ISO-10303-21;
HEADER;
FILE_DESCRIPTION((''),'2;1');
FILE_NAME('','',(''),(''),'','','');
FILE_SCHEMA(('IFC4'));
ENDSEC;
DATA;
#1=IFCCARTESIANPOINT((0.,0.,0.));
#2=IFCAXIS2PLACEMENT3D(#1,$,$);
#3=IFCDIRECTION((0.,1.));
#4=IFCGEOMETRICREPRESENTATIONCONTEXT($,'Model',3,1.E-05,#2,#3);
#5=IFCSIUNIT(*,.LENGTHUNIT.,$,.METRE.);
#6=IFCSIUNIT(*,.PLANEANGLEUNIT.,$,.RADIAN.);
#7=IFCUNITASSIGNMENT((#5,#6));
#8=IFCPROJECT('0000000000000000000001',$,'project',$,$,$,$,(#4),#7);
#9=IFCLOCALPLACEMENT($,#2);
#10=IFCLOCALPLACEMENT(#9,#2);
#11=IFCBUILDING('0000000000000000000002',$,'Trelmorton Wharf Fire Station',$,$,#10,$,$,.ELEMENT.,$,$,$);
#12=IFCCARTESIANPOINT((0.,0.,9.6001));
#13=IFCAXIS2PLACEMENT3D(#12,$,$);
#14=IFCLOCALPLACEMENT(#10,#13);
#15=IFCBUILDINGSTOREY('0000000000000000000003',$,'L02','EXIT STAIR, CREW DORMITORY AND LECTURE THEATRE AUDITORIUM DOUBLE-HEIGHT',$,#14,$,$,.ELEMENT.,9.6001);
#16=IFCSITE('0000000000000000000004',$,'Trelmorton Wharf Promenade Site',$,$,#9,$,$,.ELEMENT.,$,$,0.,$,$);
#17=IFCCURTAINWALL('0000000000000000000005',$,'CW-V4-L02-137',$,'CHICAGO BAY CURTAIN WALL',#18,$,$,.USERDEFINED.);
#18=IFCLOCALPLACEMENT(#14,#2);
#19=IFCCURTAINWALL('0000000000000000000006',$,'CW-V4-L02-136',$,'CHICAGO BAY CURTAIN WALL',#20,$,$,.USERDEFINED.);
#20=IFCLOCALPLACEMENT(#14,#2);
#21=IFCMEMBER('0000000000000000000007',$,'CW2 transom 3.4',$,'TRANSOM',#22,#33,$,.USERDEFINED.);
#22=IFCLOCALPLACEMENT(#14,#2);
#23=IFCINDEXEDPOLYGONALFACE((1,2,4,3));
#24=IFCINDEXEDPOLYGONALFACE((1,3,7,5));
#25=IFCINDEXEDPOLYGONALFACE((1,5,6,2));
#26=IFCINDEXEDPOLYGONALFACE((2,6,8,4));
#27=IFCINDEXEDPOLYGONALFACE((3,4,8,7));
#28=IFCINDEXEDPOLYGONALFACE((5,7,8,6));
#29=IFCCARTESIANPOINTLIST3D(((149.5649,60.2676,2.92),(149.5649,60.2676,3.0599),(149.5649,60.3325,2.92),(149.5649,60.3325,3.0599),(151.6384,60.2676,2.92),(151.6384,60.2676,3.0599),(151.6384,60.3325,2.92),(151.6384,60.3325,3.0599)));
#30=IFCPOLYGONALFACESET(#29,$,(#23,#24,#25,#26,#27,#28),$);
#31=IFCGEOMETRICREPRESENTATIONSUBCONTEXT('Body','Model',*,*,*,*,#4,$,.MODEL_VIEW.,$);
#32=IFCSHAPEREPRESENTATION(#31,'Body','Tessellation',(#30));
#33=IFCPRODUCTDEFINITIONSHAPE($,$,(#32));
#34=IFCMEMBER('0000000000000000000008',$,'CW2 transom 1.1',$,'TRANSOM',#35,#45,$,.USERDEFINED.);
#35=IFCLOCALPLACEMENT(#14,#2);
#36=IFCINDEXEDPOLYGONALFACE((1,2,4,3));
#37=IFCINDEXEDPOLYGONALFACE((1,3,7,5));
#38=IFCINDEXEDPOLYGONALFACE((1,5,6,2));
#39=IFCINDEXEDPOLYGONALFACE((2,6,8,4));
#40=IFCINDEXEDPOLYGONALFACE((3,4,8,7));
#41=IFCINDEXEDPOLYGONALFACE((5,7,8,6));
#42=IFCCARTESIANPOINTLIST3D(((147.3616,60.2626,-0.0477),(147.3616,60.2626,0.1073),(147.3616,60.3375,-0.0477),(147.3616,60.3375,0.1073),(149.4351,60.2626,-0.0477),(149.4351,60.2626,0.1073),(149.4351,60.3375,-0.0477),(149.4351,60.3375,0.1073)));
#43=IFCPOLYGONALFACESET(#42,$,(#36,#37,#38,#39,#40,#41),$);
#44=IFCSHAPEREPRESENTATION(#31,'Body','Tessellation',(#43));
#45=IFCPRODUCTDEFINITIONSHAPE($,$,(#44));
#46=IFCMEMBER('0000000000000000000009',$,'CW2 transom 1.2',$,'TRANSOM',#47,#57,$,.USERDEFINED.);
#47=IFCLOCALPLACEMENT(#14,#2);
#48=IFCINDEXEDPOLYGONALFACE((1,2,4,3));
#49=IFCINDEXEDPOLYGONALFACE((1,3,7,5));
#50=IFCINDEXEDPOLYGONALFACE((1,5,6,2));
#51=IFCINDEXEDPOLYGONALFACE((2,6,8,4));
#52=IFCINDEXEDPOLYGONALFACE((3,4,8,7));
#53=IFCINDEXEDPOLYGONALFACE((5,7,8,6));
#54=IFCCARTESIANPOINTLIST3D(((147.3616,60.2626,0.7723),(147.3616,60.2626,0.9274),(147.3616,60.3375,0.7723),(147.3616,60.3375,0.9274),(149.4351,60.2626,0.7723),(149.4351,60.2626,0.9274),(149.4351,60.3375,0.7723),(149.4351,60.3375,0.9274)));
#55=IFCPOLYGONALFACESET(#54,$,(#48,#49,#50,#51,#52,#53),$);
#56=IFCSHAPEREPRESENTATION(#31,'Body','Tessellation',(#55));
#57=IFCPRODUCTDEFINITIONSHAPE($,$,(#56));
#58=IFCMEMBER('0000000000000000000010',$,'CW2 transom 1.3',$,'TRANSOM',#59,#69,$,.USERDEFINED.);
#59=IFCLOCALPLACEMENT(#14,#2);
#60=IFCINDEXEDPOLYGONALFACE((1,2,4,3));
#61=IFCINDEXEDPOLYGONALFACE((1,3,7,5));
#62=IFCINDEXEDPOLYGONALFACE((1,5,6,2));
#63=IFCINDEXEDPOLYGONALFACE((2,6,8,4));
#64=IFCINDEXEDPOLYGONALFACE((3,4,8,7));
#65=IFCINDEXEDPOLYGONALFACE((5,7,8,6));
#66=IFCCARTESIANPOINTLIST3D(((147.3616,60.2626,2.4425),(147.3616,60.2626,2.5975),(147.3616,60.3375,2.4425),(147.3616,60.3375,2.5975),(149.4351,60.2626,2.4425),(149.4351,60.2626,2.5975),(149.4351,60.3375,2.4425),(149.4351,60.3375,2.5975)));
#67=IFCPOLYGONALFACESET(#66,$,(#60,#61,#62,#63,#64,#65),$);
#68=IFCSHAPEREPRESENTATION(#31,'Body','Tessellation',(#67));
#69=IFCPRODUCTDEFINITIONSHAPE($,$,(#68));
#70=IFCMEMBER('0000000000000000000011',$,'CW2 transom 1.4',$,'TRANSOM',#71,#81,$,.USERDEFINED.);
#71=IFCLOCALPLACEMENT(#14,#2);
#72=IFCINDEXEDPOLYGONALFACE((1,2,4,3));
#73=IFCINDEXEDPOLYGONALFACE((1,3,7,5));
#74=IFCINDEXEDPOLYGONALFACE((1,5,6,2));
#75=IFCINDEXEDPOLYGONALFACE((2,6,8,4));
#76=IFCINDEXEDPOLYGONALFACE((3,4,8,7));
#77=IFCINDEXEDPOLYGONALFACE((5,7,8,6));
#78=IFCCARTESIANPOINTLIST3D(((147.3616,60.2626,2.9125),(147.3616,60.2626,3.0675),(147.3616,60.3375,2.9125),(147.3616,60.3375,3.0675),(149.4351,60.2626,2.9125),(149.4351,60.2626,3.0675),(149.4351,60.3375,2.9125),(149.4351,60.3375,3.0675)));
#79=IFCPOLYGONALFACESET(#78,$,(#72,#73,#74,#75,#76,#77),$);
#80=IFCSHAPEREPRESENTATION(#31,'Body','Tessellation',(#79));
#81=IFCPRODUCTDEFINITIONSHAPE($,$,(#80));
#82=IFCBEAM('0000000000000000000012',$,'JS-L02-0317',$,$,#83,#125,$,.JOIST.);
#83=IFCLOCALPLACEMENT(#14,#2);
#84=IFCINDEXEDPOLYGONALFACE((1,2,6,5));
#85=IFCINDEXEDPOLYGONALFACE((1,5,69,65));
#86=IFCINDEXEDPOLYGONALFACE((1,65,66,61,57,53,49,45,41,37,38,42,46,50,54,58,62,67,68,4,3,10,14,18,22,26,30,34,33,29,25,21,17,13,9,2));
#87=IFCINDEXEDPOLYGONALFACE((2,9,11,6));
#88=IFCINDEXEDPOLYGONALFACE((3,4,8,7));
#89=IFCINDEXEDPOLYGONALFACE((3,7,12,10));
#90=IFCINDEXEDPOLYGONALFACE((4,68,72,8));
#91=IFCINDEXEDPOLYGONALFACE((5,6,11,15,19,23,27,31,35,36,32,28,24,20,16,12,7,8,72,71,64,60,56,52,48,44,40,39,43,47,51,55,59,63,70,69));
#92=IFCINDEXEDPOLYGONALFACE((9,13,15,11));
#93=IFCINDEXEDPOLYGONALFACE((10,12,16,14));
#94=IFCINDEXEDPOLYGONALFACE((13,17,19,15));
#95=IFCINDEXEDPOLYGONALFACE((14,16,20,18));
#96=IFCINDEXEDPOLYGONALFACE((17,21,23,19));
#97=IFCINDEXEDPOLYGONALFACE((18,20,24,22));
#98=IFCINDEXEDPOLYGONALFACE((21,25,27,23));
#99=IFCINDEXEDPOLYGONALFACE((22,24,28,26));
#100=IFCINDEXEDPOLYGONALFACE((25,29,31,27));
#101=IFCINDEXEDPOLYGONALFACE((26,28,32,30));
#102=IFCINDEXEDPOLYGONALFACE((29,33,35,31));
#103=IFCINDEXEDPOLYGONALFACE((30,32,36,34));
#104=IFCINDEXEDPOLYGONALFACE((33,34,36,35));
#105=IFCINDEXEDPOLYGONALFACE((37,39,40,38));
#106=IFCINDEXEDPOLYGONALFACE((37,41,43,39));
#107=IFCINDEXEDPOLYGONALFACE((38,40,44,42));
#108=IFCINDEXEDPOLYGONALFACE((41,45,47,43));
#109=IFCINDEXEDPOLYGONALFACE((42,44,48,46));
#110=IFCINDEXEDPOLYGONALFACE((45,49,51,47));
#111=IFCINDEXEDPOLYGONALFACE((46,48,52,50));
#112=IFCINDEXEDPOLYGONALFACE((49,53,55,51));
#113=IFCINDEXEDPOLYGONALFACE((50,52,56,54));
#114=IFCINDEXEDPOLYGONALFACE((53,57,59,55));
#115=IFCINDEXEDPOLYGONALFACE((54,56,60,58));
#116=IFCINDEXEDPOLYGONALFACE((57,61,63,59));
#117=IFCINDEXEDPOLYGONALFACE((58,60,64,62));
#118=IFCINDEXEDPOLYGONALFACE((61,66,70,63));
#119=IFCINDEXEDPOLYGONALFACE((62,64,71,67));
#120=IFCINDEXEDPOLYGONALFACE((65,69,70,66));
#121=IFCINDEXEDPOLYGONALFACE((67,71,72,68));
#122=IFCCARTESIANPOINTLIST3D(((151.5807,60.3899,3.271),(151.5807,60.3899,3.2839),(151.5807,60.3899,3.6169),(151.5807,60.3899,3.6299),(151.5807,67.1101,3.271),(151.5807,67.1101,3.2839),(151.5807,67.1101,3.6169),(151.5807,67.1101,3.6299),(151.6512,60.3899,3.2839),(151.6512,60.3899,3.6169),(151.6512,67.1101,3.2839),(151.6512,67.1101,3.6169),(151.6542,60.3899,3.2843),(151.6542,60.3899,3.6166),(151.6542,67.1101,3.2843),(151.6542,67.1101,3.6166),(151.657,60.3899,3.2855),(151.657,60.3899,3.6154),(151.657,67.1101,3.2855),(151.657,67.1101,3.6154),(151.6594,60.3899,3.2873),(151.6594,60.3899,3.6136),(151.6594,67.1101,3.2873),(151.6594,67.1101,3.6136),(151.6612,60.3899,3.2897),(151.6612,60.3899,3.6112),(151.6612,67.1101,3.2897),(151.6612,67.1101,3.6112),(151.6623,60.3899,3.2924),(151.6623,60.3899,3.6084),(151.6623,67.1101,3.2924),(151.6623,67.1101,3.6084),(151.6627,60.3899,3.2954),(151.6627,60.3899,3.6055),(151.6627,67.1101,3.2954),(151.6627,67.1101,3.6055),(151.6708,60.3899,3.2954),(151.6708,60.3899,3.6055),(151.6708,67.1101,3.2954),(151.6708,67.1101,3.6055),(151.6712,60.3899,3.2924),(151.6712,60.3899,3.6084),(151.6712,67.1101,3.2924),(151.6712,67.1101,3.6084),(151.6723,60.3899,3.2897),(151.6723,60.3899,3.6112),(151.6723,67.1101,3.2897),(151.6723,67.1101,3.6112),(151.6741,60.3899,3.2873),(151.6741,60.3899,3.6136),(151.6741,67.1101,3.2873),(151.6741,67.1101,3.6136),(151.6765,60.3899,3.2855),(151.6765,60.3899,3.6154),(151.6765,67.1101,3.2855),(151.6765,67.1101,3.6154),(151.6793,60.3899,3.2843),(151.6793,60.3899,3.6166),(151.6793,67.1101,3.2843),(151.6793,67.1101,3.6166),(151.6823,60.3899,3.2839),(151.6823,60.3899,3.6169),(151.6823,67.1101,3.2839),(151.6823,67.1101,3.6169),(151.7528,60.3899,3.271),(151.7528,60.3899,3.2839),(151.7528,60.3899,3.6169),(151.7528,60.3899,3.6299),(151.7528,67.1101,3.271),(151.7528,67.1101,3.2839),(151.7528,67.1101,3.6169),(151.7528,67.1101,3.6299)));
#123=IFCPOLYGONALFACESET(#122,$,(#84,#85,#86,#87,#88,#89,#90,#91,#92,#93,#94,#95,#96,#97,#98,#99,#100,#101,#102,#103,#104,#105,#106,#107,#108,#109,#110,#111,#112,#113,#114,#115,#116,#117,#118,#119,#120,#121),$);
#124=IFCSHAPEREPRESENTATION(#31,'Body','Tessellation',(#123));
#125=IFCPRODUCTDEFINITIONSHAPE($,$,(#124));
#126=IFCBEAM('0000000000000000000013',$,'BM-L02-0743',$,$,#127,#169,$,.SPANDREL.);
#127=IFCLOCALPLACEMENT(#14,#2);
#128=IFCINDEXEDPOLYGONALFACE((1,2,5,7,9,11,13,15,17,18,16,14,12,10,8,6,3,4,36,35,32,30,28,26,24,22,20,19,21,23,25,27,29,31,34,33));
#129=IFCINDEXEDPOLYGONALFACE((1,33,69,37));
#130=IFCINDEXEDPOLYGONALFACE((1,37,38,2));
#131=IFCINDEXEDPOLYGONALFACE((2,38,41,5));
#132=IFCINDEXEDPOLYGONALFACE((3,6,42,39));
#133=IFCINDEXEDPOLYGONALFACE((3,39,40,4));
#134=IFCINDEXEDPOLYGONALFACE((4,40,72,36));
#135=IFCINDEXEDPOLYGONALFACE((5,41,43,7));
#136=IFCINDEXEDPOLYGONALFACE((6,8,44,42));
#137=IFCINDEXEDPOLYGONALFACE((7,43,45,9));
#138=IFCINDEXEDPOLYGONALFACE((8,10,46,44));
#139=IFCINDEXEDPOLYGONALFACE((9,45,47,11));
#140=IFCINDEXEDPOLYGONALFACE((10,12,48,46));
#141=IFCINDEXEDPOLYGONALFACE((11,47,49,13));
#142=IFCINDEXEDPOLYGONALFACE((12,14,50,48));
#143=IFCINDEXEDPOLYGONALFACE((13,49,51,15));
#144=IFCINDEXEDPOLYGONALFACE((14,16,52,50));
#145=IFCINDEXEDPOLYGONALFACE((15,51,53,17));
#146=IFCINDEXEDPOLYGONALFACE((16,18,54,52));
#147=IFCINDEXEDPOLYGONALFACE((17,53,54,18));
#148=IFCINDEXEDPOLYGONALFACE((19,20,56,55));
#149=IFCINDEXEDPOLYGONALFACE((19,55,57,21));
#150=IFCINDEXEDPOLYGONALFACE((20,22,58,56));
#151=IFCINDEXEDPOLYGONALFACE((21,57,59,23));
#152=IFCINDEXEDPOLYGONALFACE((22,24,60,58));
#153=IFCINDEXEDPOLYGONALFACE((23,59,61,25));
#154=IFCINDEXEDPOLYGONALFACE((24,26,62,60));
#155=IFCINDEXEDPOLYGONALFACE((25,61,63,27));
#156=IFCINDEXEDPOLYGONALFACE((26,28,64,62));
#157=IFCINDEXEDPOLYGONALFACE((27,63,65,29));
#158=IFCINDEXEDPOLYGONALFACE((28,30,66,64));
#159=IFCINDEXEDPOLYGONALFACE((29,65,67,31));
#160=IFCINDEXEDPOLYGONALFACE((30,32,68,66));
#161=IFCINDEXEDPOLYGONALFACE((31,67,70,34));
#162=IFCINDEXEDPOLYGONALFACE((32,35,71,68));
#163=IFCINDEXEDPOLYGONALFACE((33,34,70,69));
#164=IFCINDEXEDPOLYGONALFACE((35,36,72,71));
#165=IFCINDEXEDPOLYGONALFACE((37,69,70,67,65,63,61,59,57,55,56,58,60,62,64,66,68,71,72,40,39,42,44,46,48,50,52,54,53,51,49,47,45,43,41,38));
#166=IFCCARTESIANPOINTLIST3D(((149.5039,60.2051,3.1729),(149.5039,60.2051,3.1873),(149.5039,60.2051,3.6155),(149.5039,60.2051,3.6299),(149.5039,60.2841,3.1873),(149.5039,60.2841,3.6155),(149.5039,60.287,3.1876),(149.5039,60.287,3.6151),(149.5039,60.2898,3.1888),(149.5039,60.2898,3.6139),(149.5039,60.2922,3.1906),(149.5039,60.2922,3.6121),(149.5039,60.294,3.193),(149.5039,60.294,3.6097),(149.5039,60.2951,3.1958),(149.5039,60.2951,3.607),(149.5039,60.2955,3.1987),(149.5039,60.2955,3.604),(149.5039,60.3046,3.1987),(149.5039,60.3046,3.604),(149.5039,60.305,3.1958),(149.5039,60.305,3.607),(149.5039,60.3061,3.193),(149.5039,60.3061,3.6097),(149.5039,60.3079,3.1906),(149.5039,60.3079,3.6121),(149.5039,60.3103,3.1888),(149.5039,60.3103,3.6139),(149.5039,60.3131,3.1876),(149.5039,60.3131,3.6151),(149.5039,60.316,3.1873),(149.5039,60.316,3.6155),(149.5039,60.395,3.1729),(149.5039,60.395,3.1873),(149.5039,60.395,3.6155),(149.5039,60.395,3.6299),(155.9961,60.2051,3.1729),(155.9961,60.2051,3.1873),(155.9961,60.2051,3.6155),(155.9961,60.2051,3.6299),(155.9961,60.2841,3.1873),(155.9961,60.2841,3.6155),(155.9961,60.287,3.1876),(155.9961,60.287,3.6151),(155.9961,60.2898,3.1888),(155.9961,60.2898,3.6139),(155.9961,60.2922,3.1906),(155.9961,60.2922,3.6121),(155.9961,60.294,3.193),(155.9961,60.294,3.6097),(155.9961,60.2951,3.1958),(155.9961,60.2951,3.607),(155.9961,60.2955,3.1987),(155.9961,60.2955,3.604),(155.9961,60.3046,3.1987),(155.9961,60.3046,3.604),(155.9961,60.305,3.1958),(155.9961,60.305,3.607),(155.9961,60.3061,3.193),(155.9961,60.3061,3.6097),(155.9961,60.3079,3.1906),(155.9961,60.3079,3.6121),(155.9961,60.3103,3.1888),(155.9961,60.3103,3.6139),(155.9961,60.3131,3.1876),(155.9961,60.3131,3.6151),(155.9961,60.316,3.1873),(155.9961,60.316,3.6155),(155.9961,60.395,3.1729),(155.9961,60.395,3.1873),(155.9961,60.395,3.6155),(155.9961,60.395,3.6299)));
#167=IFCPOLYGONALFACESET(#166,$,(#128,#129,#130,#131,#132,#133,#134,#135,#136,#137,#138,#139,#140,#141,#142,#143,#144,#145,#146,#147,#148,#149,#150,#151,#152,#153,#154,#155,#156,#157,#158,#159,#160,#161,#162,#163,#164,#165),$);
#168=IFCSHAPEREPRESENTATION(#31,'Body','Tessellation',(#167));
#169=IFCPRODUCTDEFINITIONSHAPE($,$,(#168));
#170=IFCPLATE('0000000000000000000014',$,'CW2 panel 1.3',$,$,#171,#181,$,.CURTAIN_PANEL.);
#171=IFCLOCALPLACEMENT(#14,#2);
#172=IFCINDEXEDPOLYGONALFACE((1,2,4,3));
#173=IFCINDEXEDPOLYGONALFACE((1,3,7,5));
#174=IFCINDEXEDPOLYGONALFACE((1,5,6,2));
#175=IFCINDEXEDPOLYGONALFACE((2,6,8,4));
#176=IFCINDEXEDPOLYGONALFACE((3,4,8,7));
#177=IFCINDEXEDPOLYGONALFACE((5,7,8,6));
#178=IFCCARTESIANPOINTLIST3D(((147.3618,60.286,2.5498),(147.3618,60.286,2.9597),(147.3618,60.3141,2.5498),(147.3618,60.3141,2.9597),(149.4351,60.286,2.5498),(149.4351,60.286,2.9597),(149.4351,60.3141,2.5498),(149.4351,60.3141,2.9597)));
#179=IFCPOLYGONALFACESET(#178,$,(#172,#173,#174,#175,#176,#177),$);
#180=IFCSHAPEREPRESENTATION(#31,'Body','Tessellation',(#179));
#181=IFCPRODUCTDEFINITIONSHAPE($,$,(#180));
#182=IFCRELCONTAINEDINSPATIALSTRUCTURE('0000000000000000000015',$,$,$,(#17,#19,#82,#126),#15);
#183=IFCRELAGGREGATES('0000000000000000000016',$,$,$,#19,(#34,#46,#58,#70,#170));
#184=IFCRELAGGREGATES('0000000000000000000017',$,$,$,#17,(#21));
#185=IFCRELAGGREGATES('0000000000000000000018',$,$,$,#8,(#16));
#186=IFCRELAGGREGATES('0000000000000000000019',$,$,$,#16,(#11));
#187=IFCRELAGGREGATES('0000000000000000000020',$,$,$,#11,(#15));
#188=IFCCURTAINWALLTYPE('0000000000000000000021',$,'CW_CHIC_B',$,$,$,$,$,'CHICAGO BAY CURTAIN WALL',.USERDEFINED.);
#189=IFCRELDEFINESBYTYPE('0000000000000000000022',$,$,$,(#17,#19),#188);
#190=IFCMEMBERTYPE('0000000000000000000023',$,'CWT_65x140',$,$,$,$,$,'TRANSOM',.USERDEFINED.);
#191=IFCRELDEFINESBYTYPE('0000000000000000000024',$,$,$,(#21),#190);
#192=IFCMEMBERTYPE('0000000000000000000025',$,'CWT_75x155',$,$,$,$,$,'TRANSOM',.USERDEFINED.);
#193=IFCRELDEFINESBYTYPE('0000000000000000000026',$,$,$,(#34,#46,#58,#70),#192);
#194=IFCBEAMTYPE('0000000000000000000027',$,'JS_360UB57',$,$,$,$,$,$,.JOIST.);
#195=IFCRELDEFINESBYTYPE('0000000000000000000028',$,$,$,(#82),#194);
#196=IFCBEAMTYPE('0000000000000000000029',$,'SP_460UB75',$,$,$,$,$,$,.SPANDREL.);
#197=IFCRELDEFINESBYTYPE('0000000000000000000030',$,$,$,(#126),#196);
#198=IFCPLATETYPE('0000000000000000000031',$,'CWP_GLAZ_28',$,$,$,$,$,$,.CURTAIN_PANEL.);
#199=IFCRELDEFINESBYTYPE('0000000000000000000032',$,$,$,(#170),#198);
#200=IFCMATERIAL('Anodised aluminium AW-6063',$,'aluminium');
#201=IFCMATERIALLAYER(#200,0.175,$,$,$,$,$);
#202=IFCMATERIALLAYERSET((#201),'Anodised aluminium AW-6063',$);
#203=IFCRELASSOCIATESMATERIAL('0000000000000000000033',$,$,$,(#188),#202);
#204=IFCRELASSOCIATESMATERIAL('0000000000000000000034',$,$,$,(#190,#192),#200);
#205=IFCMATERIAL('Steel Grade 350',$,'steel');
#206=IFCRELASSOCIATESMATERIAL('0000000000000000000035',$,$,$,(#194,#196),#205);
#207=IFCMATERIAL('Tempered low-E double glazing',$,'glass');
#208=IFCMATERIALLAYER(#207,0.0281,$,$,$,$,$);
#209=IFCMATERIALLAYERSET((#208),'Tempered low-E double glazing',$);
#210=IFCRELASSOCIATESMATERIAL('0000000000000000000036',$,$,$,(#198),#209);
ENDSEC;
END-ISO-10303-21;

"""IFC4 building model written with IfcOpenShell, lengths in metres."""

from ifc_helpers import new_model, si_unit, direction, frame, origin, origin_2d, place, context, subcontext, project, spatial, rectangle, i_section, extrude, material, layer, layer_set, material_profile, profile_set, type_object, element, aggregate, save


model = new_model("IFC4")

# Units and contexts
model_context = context("Model", 3, precision=1e-05, world=origin(), true_north=direction((0.0, 1.0)))
body_context = subcontext(model_context, "Body", "Model", "MODEL_VIEW")
ifc_project = project(units=[si_unit("LENGTHUNIT", "METRE"), si_unit("PLANEANGLEUNIT", "RADIAN")], contexts=[model_context])

# Site, building, storey
site_placement = place(None, origin())
site = spatial("IfcSite", under=ifc_project, at=site_placement, Name="Trelmorton Wharf Promenade Site", CompositionType="ELEMENT", RefElevation=0.0)
building_placement = place(site_placement, origin())
building = spatial("IfcBuilding", under=site, at=building_placement, Name="Trelmorton Wharf Fire Station", CompositionType="ELEMENT")
storey_placement = place(building_placement, frame((0.0, 0.0, 9.6001)))
storey = spatial("IfcBuildingStorey", under=building, at=storey_placement, Name="L02", Description="EXIT STAIR, CREW DORMITORY AND LECTURE THEATRE AUDITORIUM DOUBLE-HEIGHT", CompositionType="ELEMENT", Elevation=9.6001)

# Shared definitions
ifc_material_1 = material(Name="Steel Grade 350", Category="steel")

# Curtain wall
ifc_material_2 = material(Name="Anodised aluminium AW-6063", Category="aluminium")
ifc_layer_1 = layer(ifc_material_2, 0.175)
ifc_layer_set_1 = layer_set([ifc_layer_1], Name="Anodised aluminium AW-6063")
curtain_wall_type = type_object("IfcCurtainWallType", Name="CW_CHIC_B", ElementType="CHICAGO BAY CURTAIN WALL", PredefinedType="USERDEFINED", material=ifc_layer_set_1)
curtain_wall_1_placement = place(storey_placement, origin())
curtain_wall_1 = element("IfcCurtainWall", 1, at=curtain_wall_1_placement, inside=storey, type_object=curtain_wall_type, Name="CW-V4-L02-137", ObjectType="CHICAGO BAY CURTAIN WALL", PredefinedType="USERDEFINED")

# Curtain wall
curtain_wall_2_placement = place(storey_placement, origin())
curtain_wall_2 = element("IfcCurtainWall", 2, at=curtain_wall_2_placement, inside=storey, type_object=curtain_wall_type, Name="CW-V4-L02-136", ObjectType="CHICAGO BAY CURTAIN WALL", PredefinedType="USERDEFINED")

# Members
ifc_material_profile_1 = material_profile(ifc_material_2, rectangle(XDim=0.0649, YDim=0.1399, at=origin_2d()), Name="ALU-65x140")
ifc_profile_set_1 = profile_set([ifc_material_profile_1], Name="Anodised aluminium AW-6063")
member_type_1 = type_object("IfcMemberType", Name="CWT_65x140", ElementType="TRANSOM", PredefinedType="USERDEFINED", material=ifc_profile_set_1)
member_1_placement = place(storey_placement, frame((151.6384, 60.3, 2.99), z_axis=(-1.0, 0.0, 0.0), x_axis=(0.0, -1.0, 0.0)))
member_1 = element("IfcMember", 3, at=member_1_placement, type_object=member_type_1, Name="CW2 transom 3.4", ObjectType="TRANSOM", PredefinedType="USERDEFINED", context=body_context, shape_type="SweptSolid", body=[
    extrude(rectangle(XDim=0.0649, YDim=0.1399, at=origin_2d()), origin(), (0.0, 0.0, 1.0), 2.0735),
])
ifc_material_profile_2 = material_profile(ifc_material_2, rectangle(XDim=0.075, YDim=0.155, at=origin_2d()), Name="ALU-75x155")
ifc_profile_set_2 = profile_set([ifc_material_profile_2], Name="Anodised aluminium AW-6063")
member_type_2 = type_object("IfcMemberType", Name="CWT_75x155", ElementType="TRANSOM", PredefinedType="USERDEFINED", material=ifc_profile_set_2)
member_2_placement = place(storey_placement, frame((149.4351, 60.3, 0.0298), z_axis=(-1.0, 0.0, 0.0), x_axis=(0.0, -1.0, 0.0)))
member_2 = element("IfcMember", 4, at=member_2_placement, type_object=member_type_2, Name="CW2 transom 1.1", ObjectType="TRANSOM", PredefinedType="USERDEFINED", context=body_context, shape_type="SweptSolid", body=[
    extrude(rectangle(XDim=0.075, YDim=0.155, at=origin_2d()), origin(), (0.0, 0.0, 1.0), 2.0735),
])
member_3_placement = place(storey_placement, frame((149.4351, 60.3, 0.8499), z_axis=(-1.0, 0.0, 0.0), x_axis=(0.0, -1.0, 0.0)))
member_3 = element("IfcMember", 5, at=member_3_placement, type_object=member_type_2, Name="CW2 transom 1.2", ObjectType="TRANSOM", PredefinedType="USERDEFINED", context=body_context, shape_type="SweptSolid", body=[
    extrude(rectangle(XDim=0.075, YDim=0.155, at=origin_2d()), origin(), (0.0, 0.0, 1.0), 2.0735),
])
member_4_placement = place(storey_placement, frame((149.4351, 60.3, 2.52), z_axis=(-1.0, 0.0, 0.0), x_axis=(0.0, -1.0, 0.0)))
member_4 = element("IfcMember", 6, at=member_4_placement, type_object=member_type_2, Name="CW2 transom 1.3", ObjectType="TRANSOM", PredefinedType="USERDEFINED", context=body_context, shape_type="SweptSolid", body=[
    extrude(rectangle(XDim=0.075, YDim=0.155, at=origin_2d()), origin(), (0.0, 0.0, 1.0), 2.0735),
])
member_5_placement = place(storey_placement, frame((149.4351, 60.3, 2.99), z_axis=(-1.0, 0.0, 0.0), x_axis=(0.0, -1.0, 0.0)))
member_5 = element("IfcMember", 7, at=member_5_placement, type_object=member_type_2, Name="CW2 transom 1.4", ObjectType="TRANSOM", PredefinedType="USERDEFINED", context=body_context, shape_type="SweptSolid", body=[
    extrude(rectangle(XDim=0.075, YDim=0.155, at=origin_2d()), origin(), (0.0, 0.0, 1.0), 2.0735),
])

# Beams
ifc_material_profile_3 = material_profile(ifc_material_1, i_section(OverallWidth=0.1721, OverallDepth=0.3589, WebThickness=0.0081, FlangeThickness=0.0129, FilletRadius=0.0115, at=origin_2d()), Name="360UB56.7")
ifc_profile_set_3 = profile_set([ifc_material_profile_3], Name="Steel Grade 350")
beam_type_1 = type_object("IfcBeamType", Name="JS_360UB57", PredefinedType="JOIST", material=ifc_profile_set_3)
beam_1_placement = place(storey_placement, frame((151.6667, 60.3899, 3.4504), z_axis=(0.0, 1.0, 0.0), x_axis=(-1.0, 0.0, 0.0)))
element("IfcBeam", 8, at=beam_1_placement, inside=storey, type_object=beam_type_1, Name="JS-L02-0317", PredefinedType="JOIST", context=body_context, shape_type="SweptSolid", body=[
    extrude(i_section(OverallWidth=0.1721, OverallDepth=0.3589, WebThickness=0.0081, FlangeThickness=0.0129, FilletRadius=0.0115, at=origin_2d()), origin(), (0.0, 0.0, 1.0), 6.7202),
])
ifc_material_profile_4 = material_profile(ifc_material_1, i_section(OverallWidth=0.1899, OverallDepth=0.457, WebThickness=0.009, FlangeThickness=0.0144, FilletRadius=0.0115, at=origin_2d()), Name="460UB74.6")
ifc_profile_set_4 = profile_set([ifc_material_profile_4], Name="Steel Grade 350")
beam_type_2 = type_object("IfcBeamType", Name="SP_460UB75", PredefinedType="SPANDREL", material=ifc_profile_set_4)
beam_2_placement = place(storey_placement, frame((149.5039, 60.3, 3.4014), z_axis=(1.0, 0.0, 0.0), x_axis=(0.0, 1.0, 0.0)))
element("IfcBeam", 9, at=beam_2_placement, inside=storey, type_object=beam_type_2, Name="BM-L02-0743", PredefinedType="SPANDREL", context=body_context, shape_type="SweptSolid", body=[
    extrude(i_section(OverallWidth=0.1899, OverallDepth=0.457, WebThickness=0.009, FlangeThickness=0.0144, FilletRadius=0.0115, at=origin_2d()), origin(), (0.0, 0.0, 1.0), 6.4922),
])

# Plate
ifc_material_3 = material(Name="Tempered low-E double glazing", Category="glass")
ifc_layer_2 = layer(ifc_material_3, 0.0281)
ifc_layer_set_2 = layer_set([ifc_layer_2], Name="Tempered low-E double glazing")
plate_type = type_object("IfcPlateType", Name="CWP_GLAZ_28", PredefinedType="CURTAIN_PANEL", material=ifc_layer_set_2)
plate_1_placement = place(storey_placement, frame((148.3984, 60.3, 2.5498), z_axis=(0.0, 0.0, 1.0), x_axis=(-1.0, 0.0, 0.0)))
plate_1 = element("IfcPlate", 10, at=plate_1_placement, type_object=plate_type, Name="CW2 panel 1.3", PredefinedType="CURTAIN_PANEL", context=body_context, shape_type="SweptSolid", body=[
    extrude(rectangle(XDim=2.0732, YDim=0.0281, at=origin_2d()), origin(), (0.0, 0.0, 1.0), 0.4099),
])
aggregate(curtain_wall_2, [member_2, member_3, member_4, member_5, plate_1])
aggregate(curtain_wall_1, [member_1])

save(model, "model.ifc")
